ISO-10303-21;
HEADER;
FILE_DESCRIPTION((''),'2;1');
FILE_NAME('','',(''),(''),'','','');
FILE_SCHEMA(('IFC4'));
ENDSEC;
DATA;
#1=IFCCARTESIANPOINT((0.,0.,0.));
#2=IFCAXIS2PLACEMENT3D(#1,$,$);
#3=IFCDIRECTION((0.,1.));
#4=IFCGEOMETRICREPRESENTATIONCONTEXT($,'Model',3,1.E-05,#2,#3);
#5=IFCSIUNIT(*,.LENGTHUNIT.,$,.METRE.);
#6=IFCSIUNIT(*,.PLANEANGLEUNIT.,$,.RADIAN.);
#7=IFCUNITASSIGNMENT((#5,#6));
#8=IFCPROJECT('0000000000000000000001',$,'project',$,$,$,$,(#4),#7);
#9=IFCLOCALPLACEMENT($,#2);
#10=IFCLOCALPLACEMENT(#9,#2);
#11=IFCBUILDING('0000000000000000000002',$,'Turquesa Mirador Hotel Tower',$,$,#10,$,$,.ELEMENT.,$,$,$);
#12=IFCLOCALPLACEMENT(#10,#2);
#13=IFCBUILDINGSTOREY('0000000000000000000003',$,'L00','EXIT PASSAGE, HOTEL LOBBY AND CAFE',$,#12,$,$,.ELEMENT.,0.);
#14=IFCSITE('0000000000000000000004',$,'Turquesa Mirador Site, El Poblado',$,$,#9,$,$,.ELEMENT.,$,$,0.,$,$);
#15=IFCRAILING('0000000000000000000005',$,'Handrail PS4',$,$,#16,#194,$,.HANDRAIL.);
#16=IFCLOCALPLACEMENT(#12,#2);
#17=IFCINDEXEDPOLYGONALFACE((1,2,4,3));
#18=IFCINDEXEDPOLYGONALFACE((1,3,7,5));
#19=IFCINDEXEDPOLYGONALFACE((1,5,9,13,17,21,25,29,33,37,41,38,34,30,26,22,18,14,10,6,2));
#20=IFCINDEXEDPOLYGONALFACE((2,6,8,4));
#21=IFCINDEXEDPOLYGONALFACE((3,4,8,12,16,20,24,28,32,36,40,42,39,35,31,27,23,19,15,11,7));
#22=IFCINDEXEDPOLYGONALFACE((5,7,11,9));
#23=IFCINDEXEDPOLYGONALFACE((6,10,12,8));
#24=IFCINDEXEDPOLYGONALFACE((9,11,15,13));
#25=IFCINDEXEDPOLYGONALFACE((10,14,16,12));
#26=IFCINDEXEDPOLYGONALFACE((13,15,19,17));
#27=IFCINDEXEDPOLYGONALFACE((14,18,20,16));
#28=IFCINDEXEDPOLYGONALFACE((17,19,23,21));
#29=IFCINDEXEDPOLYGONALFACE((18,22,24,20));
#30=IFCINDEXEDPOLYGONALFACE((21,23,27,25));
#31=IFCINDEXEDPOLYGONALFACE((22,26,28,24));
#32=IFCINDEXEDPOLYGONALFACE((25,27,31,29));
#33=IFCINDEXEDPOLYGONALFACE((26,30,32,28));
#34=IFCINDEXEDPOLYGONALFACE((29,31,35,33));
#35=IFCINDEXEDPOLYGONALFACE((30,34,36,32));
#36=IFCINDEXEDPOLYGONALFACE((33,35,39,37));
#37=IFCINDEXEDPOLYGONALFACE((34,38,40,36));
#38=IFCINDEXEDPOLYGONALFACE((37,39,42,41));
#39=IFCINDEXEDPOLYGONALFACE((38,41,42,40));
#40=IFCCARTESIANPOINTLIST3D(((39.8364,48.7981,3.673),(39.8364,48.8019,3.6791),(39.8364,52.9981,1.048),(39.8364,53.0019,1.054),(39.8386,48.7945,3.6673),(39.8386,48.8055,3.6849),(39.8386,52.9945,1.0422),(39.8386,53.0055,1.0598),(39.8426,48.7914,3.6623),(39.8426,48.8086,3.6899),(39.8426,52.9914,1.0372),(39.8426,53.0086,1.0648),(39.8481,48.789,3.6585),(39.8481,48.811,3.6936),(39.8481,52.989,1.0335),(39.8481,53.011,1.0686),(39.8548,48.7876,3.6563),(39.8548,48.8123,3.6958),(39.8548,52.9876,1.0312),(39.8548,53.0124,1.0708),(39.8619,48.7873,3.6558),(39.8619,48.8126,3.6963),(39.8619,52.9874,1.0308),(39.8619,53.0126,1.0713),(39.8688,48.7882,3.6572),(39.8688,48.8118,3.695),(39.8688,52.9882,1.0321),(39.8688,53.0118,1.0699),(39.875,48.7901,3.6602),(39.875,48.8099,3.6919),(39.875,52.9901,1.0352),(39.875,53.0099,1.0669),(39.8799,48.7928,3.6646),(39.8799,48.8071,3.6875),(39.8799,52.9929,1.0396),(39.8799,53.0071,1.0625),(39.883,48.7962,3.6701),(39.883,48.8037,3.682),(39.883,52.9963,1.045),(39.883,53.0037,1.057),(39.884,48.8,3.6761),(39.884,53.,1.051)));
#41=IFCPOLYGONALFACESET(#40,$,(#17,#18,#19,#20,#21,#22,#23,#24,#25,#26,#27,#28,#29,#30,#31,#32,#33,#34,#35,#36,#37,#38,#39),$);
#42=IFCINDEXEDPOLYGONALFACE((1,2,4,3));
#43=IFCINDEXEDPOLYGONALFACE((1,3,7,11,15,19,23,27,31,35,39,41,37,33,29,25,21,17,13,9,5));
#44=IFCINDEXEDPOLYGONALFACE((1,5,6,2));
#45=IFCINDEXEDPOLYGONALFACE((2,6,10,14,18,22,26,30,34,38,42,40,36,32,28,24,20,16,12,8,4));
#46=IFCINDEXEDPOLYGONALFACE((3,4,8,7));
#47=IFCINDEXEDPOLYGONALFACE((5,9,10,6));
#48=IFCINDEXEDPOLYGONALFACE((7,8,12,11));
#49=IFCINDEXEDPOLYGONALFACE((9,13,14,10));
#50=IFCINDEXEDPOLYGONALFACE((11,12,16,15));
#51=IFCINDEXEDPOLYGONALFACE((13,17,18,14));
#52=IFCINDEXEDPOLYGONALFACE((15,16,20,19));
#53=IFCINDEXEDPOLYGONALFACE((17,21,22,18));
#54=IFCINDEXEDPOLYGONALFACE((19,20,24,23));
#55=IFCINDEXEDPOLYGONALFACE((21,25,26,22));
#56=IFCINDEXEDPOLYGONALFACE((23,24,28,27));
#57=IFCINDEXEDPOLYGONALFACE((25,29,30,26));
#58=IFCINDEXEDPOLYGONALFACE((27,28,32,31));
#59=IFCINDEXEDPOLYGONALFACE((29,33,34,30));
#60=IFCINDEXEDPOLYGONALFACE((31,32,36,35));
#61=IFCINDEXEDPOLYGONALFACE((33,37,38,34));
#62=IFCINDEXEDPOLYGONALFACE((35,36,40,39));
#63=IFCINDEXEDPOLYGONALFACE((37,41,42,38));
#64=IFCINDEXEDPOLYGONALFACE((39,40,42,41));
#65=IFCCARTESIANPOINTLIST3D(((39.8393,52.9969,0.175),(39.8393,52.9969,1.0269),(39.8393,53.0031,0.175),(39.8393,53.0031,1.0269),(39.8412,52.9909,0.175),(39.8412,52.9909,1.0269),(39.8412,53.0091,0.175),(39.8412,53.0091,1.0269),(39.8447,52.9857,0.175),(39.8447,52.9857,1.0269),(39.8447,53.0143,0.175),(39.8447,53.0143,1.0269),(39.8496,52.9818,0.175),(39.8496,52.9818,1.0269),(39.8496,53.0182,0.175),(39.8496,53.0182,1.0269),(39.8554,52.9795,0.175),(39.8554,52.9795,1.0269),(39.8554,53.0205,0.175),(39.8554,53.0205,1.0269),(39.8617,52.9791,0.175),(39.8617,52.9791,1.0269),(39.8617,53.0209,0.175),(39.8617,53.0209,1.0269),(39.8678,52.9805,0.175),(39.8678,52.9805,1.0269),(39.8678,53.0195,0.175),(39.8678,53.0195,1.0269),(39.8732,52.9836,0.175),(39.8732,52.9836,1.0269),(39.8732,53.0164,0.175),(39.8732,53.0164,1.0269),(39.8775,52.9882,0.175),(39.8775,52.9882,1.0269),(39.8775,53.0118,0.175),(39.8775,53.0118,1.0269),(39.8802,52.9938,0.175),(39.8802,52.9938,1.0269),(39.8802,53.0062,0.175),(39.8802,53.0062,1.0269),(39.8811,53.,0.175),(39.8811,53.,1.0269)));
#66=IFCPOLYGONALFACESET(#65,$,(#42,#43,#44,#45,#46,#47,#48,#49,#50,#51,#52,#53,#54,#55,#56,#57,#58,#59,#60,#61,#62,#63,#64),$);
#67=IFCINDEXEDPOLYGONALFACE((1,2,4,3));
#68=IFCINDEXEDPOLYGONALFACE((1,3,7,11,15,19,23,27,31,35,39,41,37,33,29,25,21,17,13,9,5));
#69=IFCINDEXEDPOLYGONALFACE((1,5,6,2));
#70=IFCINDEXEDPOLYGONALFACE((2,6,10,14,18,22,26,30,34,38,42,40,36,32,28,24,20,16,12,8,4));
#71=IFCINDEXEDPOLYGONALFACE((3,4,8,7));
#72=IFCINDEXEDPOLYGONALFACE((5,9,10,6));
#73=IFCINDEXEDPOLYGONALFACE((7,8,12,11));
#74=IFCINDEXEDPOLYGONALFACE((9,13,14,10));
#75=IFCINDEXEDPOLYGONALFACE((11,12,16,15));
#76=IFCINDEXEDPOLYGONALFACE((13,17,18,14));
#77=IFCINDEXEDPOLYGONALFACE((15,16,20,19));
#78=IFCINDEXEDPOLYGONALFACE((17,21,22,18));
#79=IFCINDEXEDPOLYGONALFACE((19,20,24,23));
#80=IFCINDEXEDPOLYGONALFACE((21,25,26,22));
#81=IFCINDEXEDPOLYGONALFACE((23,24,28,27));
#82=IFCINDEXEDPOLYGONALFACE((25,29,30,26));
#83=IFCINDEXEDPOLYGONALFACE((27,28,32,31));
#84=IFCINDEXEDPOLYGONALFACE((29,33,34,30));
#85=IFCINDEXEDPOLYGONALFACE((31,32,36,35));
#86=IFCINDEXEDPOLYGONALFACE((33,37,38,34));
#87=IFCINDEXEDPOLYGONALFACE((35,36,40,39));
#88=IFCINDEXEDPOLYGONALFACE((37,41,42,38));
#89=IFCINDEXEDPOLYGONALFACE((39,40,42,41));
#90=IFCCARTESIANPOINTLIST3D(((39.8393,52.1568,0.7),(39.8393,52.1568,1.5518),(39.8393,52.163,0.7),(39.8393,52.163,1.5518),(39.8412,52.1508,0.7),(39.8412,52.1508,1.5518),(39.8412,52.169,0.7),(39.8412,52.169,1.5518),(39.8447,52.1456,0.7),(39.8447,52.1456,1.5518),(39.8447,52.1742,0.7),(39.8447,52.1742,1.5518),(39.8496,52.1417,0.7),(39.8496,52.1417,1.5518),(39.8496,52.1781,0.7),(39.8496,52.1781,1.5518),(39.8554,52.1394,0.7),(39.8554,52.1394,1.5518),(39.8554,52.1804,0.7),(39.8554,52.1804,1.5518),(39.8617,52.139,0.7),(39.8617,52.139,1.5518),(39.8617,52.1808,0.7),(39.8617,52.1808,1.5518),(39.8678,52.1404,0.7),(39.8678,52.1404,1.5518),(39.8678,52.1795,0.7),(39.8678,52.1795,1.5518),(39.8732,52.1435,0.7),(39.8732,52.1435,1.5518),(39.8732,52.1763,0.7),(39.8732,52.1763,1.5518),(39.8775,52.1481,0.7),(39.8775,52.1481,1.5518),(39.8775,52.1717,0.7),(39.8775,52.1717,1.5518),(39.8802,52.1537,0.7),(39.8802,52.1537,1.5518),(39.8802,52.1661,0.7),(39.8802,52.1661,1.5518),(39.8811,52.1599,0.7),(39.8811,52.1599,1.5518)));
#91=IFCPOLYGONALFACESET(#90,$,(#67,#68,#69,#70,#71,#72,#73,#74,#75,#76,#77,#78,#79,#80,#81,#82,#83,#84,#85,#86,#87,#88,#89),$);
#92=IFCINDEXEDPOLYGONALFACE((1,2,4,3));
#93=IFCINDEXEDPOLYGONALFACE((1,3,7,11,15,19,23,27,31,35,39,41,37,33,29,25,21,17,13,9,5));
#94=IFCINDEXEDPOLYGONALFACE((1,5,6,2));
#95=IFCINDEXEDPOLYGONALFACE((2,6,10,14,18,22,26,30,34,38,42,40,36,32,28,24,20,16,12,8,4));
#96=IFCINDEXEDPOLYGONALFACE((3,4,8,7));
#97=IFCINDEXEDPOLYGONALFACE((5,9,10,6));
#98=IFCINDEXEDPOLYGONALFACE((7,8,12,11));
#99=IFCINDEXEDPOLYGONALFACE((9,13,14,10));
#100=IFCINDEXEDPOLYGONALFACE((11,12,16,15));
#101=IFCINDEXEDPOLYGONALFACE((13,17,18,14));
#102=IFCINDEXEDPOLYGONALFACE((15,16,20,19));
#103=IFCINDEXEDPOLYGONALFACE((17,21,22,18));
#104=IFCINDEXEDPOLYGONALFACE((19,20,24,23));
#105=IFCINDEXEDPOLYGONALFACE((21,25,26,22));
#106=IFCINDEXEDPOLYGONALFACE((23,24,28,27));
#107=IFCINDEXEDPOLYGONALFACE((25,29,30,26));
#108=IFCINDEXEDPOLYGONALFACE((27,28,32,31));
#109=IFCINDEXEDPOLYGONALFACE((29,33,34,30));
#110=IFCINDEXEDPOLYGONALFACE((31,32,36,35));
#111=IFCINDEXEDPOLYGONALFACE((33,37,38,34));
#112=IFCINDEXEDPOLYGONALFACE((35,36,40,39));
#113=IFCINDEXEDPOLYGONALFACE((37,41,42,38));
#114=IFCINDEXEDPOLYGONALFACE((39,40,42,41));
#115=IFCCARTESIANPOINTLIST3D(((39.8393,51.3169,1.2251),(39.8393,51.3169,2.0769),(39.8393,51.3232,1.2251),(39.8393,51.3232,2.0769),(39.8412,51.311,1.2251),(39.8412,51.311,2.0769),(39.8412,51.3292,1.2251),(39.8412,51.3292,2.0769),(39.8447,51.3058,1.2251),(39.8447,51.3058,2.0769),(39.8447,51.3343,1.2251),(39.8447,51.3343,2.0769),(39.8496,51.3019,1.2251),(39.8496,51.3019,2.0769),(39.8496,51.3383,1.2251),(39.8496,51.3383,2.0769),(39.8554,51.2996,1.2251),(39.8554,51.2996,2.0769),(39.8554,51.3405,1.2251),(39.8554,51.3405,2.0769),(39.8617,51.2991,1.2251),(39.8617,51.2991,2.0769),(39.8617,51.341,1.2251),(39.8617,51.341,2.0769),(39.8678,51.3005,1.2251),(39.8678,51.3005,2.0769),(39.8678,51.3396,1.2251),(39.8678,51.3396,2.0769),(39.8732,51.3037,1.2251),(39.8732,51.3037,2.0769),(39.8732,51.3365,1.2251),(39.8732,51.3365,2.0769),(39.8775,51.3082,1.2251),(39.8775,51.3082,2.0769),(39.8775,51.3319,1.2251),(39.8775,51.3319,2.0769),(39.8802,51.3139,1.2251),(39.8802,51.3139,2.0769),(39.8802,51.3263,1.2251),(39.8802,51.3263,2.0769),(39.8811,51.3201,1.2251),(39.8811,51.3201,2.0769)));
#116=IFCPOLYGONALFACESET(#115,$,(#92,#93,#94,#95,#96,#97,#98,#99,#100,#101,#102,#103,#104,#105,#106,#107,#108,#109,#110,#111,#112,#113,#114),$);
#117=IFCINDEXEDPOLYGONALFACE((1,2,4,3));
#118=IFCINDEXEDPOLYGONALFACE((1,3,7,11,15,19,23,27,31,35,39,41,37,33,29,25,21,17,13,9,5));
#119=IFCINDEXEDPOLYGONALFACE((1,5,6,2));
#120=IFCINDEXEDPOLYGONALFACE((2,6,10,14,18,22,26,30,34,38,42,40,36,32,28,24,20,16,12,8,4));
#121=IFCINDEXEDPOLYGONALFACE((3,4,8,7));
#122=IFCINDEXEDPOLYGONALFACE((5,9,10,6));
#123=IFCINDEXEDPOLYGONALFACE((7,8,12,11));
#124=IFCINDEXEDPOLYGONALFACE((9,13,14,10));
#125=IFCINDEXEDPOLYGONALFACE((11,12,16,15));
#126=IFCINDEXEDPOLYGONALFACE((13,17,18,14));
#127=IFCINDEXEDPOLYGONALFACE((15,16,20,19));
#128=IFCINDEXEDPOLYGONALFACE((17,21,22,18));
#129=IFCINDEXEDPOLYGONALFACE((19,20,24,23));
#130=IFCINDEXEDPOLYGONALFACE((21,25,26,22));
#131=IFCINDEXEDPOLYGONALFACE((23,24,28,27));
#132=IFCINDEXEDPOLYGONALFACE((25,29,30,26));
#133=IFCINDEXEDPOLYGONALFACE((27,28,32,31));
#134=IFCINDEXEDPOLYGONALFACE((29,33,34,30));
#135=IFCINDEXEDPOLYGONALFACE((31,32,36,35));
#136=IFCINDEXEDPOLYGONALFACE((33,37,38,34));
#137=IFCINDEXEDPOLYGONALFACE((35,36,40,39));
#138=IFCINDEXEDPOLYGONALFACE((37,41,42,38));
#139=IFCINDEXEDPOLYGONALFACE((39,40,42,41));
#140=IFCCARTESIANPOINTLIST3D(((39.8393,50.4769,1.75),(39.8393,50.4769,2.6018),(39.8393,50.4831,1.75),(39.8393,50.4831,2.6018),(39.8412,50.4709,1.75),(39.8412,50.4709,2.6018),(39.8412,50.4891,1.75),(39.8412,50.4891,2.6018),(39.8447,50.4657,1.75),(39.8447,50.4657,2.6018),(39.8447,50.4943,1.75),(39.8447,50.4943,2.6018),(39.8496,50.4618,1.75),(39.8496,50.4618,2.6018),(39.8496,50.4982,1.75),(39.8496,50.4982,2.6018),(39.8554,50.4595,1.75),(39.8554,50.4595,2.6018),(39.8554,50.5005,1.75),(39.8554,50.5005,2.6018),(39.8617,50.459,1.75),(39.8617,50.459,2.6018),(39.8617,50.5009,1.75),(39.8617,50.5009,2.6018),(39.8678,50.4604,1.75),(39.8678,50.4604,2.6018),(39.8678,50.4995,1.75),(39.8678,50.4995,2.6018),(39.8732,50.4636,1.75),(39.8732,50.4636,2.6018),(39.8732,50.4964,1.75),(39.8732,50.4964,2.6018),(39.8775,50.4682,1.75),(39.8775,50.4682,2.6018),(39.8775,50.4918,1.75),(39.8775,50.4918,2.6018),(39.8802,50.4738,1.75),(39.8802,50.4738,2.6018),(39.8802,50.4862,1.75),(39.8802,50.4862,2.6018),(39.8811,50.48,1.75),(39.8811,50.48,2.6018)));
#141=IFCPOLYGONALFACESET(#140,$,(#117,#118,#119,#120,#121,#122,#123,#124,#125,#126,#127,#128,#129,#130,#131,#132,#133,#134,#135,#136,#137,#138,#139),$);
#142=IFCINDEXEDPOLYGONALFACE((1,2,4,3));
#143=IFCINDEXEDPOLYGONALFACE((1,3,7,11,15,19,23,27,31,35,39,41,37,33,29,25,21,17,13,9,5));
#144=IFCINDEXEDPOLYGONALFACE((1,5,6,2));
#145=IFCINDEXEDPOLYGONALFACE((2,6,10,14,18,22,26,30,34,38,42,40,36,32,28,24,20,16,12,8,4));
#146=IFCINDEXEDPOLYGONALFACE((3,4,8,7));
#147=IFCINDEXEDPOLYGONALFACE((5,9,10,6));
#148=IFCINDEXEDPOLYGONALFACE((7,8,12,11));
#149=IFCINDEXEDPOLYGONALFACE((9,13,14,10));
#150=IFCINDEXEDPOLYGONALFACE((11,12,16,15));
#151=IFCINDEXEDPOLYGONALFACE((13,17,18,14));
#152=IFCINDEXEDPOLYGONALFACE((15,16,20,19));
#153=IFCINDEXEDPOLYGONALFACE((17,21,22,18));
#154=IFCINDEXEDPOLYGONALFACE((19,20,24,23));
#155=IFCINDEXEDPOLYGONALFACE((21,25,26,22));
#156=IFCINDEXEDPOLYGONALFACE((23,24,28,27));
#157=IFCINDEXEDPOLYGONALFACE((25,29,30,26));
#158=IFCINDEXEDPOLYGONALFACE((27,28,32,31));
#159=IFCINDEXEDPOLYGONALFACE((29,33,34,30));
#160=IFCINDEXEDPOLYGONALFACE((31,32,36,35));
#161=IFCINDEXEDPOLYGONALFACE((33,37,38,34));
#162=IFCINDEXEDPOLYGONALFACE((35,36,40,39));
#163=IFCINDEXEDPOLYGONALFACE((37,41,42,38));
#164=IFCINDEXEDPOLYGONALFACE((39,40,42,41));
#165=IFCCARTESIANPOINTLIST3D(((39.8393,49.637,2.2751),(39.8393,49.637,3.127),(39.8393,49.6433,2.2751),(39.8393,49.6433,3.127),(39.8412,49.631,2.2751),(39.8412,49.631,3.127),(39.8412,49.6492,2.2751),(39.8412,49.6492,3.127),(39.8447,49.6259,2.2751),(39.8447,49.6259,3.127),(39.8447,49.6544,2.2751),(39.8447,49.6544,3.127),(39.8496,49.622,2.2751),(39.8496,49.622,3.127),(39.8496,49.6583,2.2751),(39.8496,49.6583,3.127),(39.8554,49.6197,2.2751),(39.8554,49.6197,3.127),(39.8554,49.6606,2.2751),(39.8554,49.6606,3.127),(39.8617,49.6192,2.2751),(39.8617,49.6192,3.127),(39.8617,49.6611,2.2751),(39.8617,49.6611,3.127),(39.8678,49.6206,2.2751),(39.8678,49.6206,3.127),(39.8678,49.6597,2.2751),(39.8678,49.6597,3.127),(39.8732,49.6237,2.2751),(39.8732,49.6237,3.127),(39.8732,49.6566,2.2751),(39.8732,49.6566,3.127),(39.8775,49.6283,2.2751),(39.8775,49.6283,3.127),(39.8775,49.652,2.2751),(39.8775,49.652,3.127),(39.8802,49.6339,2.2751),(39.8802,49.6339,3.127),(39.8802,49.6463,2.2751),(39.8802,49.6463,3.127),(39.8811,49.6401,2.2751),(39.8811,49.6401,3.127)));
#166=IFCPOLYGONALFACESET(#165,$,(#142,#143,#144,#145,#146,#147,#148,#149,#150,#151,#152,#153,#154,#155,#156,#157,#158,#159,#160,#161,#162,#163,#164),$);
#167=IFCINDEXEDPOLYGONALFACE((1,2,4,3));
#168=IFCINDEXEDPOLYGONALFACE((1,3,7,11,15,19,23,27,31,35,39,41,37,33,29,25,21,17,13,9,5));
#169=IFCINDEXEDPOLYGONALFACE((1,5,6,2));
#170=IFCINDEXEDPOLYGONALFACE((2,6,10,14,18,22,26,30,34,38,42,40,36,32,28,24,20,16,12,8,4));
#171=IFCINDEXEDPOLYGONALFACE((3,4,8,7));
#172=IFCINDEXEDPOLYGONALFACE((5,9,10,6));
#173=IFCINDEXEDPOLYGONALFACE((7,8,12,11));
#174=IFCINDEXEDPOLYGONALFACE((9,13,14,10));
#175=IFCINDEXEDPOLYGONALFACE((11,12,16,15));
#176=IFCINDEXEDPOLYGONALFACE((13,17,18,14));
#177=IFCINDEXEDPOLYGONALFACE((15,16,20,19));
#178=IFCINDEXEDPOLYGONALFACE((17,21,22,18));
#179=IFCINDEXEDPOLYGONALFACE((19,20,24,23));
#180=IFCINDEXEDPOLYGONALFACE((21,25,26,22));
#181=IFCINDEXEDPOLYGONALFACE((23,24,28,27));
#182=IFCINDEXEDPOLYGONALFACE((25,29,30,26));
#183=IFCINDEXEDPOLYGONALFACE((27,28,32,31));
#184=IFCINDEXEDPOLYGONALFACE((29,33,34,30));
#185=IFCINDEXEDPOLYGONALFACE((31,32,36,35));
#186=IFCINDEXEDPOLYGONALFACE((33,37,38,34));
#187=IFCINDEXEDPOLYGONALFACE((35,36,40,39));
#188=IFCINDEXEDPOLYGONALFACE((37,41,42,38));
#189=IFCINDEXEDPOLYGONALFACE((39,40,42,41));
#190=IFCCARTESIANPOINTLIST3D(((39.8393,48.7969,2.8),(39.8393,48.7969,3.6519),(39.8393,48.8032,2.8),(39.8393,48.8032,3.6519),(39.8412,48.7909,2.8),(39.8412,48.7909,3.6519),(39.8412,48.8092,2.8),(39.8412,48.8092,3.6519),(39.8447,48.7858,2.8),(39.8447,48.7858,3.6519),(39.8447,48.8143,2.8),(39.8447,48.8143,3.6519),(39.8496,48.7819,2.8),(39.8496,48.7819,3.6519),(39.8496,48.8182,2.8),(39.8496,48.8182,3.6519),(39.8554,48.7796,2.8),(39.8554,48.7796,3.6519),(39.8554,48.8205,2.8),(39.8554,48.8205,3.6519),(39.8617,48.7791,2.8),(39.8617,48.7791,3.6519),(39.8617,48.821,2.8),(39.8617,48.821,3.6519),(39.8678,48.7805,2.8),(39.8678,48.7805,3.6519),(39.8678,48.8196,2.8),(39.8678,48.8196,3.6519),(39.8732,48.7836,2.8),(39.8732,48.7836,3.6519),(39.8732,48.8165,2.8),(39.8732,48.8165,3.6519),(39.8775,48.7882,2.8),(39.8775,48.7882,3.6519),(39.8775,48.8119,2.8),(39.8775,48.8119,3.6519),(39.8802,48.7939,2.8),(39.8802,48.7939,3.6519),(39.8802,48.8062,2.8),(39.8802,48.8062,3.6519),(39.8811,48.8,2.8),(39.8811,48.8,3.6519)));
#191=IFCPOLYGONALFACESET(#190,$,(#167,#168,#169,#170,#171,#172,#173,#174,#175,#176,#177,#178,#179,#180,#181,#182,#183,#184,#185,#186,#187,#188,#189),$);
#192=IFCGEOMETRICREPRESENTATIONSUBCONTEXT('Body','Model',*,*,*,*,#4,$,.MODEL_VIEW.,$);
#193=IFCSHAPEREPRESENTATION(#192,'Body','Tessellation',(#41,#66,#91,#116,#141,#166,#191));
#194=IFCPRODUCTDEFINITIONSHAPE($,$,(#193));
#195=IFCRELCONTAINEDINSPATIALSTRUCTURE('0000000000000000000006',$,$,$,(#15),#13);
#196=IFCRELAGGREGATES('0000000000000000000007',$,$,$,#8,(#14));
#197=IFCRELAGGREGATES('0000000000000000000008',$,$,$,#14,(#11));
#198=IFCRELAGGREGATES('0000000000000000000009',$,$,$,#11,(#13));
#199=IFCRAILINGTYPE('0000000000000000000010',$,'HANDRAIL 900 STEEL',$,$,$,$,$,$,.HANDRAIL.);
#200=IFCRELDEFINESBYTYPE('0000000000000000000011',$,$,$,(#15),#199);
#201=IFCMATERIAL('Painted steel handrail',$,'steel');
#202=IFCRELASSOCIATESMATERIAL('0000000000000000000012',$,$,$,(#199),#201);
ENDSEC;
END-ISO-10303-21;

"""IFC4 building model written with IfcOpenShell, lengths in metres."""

from ifc_helpers import new_model, si_unit, direction, frame, origin, origin_2d, place, context, subcontext, project, spatial, circle, extrude, material, type_object, element, save


model = new_model("IFC4")

# Units and contexts
model_context = context("Model", 3, precision=1e-05, world=origin(), true_north=direction((0.0, 1.0)))
body_context = subcontext(model_context, "Body", "Model", "MODEL_VIEW")
ifc_project = project(units=[si_unit("LENGTHUNIT", "METRE"), si_unit("PLANEANGLEUNIT", "RADIAN")], contexts=[model_context])

# Site, building, storey
site_placement = place(None, origin())
site = spatial("IfcSite", under=ifc_project, at=site_placement, Name="Turquesa Mirador Site, El Poblado", CompositionType="ELEMENT", RefElevation=0.0)
building_placement = place(site_placement, origin())
building = spatial("IfcBuilding", under=site, at=building_placement, Name="Turquesa Mirador Hotel Tower", CompositionType="ELEMENT")
storey_placement = place(building_placement, origin())
storey = spatial("IfcBuildingStorey", under=building, at=storey_placement, Name="L00", Description="EXIT PASSAGE, HOTEL LOBBY AND CAFE", CompositionType="ELEMENT", Elevation=0.0)

# Railing
ifc_material_1 = material(Name="Painted steel handrail", Category="steel")
railing_type = type_object("IfcRailingType", Name="HANDRAIL 900 STEEL", PredefinedType="HANDRAIL", material=ifc_material_1)
railing_1_placement = place(storey_placement, frame((39.8601, 53.0, 0.175)))
element("IfcRailing", 1, at=railing_1_placement, inside=storey, type_object=railing_type, Name="Handrail PS4", PredefinedType="HANDRAIL", context=body_context, shape_type="SweptSolid", body=[
    extrude(circle(Radius=0.0239, at=origin_2d()), frame((0.0, 0.0, 0.876), z_axis=(0.0, -0.847996, 0.530003), x_axis=(1.0, 0.0, 0.0)), (0.0, 0.0, 1.0), 4.9529),
    extrude(circle(Radius=0.021, at=origin_2d()), origin(), (0.0, 0.0, 1.0), 0.8518),
    extrude(circle(Radius=0.021, at=origin_2d()), frame((0.0, -0.8401, 0.5249)), (0.0, 0.0, 1.0), 0.8518),
    extrude(circle(Radius=0.021, at=origin_2d()), frame((0.0, -1.6799, 1.05)), (0.0, 0.0, 1.0), 0.8518),
    extrude(circle(Radius=0.021, at=origin_2d()), frame((0.0, -2.52, 1.575)), (0.0, 0.0, 1.0), 0.8518),
    extrude(circle(Radius=0.021, at=origin_2d()), frame((0.0, -3.3599, 2.1001)), (0.0, 0.0, 1.0), 0.8518),
    extrude(circle(Radius=0.021, at=origin_2d()), frame((0.0, -4.2, 2.625)), (0.0, 0.0, 1.0), 0.8518),
])

save(model, "model.ifc")
